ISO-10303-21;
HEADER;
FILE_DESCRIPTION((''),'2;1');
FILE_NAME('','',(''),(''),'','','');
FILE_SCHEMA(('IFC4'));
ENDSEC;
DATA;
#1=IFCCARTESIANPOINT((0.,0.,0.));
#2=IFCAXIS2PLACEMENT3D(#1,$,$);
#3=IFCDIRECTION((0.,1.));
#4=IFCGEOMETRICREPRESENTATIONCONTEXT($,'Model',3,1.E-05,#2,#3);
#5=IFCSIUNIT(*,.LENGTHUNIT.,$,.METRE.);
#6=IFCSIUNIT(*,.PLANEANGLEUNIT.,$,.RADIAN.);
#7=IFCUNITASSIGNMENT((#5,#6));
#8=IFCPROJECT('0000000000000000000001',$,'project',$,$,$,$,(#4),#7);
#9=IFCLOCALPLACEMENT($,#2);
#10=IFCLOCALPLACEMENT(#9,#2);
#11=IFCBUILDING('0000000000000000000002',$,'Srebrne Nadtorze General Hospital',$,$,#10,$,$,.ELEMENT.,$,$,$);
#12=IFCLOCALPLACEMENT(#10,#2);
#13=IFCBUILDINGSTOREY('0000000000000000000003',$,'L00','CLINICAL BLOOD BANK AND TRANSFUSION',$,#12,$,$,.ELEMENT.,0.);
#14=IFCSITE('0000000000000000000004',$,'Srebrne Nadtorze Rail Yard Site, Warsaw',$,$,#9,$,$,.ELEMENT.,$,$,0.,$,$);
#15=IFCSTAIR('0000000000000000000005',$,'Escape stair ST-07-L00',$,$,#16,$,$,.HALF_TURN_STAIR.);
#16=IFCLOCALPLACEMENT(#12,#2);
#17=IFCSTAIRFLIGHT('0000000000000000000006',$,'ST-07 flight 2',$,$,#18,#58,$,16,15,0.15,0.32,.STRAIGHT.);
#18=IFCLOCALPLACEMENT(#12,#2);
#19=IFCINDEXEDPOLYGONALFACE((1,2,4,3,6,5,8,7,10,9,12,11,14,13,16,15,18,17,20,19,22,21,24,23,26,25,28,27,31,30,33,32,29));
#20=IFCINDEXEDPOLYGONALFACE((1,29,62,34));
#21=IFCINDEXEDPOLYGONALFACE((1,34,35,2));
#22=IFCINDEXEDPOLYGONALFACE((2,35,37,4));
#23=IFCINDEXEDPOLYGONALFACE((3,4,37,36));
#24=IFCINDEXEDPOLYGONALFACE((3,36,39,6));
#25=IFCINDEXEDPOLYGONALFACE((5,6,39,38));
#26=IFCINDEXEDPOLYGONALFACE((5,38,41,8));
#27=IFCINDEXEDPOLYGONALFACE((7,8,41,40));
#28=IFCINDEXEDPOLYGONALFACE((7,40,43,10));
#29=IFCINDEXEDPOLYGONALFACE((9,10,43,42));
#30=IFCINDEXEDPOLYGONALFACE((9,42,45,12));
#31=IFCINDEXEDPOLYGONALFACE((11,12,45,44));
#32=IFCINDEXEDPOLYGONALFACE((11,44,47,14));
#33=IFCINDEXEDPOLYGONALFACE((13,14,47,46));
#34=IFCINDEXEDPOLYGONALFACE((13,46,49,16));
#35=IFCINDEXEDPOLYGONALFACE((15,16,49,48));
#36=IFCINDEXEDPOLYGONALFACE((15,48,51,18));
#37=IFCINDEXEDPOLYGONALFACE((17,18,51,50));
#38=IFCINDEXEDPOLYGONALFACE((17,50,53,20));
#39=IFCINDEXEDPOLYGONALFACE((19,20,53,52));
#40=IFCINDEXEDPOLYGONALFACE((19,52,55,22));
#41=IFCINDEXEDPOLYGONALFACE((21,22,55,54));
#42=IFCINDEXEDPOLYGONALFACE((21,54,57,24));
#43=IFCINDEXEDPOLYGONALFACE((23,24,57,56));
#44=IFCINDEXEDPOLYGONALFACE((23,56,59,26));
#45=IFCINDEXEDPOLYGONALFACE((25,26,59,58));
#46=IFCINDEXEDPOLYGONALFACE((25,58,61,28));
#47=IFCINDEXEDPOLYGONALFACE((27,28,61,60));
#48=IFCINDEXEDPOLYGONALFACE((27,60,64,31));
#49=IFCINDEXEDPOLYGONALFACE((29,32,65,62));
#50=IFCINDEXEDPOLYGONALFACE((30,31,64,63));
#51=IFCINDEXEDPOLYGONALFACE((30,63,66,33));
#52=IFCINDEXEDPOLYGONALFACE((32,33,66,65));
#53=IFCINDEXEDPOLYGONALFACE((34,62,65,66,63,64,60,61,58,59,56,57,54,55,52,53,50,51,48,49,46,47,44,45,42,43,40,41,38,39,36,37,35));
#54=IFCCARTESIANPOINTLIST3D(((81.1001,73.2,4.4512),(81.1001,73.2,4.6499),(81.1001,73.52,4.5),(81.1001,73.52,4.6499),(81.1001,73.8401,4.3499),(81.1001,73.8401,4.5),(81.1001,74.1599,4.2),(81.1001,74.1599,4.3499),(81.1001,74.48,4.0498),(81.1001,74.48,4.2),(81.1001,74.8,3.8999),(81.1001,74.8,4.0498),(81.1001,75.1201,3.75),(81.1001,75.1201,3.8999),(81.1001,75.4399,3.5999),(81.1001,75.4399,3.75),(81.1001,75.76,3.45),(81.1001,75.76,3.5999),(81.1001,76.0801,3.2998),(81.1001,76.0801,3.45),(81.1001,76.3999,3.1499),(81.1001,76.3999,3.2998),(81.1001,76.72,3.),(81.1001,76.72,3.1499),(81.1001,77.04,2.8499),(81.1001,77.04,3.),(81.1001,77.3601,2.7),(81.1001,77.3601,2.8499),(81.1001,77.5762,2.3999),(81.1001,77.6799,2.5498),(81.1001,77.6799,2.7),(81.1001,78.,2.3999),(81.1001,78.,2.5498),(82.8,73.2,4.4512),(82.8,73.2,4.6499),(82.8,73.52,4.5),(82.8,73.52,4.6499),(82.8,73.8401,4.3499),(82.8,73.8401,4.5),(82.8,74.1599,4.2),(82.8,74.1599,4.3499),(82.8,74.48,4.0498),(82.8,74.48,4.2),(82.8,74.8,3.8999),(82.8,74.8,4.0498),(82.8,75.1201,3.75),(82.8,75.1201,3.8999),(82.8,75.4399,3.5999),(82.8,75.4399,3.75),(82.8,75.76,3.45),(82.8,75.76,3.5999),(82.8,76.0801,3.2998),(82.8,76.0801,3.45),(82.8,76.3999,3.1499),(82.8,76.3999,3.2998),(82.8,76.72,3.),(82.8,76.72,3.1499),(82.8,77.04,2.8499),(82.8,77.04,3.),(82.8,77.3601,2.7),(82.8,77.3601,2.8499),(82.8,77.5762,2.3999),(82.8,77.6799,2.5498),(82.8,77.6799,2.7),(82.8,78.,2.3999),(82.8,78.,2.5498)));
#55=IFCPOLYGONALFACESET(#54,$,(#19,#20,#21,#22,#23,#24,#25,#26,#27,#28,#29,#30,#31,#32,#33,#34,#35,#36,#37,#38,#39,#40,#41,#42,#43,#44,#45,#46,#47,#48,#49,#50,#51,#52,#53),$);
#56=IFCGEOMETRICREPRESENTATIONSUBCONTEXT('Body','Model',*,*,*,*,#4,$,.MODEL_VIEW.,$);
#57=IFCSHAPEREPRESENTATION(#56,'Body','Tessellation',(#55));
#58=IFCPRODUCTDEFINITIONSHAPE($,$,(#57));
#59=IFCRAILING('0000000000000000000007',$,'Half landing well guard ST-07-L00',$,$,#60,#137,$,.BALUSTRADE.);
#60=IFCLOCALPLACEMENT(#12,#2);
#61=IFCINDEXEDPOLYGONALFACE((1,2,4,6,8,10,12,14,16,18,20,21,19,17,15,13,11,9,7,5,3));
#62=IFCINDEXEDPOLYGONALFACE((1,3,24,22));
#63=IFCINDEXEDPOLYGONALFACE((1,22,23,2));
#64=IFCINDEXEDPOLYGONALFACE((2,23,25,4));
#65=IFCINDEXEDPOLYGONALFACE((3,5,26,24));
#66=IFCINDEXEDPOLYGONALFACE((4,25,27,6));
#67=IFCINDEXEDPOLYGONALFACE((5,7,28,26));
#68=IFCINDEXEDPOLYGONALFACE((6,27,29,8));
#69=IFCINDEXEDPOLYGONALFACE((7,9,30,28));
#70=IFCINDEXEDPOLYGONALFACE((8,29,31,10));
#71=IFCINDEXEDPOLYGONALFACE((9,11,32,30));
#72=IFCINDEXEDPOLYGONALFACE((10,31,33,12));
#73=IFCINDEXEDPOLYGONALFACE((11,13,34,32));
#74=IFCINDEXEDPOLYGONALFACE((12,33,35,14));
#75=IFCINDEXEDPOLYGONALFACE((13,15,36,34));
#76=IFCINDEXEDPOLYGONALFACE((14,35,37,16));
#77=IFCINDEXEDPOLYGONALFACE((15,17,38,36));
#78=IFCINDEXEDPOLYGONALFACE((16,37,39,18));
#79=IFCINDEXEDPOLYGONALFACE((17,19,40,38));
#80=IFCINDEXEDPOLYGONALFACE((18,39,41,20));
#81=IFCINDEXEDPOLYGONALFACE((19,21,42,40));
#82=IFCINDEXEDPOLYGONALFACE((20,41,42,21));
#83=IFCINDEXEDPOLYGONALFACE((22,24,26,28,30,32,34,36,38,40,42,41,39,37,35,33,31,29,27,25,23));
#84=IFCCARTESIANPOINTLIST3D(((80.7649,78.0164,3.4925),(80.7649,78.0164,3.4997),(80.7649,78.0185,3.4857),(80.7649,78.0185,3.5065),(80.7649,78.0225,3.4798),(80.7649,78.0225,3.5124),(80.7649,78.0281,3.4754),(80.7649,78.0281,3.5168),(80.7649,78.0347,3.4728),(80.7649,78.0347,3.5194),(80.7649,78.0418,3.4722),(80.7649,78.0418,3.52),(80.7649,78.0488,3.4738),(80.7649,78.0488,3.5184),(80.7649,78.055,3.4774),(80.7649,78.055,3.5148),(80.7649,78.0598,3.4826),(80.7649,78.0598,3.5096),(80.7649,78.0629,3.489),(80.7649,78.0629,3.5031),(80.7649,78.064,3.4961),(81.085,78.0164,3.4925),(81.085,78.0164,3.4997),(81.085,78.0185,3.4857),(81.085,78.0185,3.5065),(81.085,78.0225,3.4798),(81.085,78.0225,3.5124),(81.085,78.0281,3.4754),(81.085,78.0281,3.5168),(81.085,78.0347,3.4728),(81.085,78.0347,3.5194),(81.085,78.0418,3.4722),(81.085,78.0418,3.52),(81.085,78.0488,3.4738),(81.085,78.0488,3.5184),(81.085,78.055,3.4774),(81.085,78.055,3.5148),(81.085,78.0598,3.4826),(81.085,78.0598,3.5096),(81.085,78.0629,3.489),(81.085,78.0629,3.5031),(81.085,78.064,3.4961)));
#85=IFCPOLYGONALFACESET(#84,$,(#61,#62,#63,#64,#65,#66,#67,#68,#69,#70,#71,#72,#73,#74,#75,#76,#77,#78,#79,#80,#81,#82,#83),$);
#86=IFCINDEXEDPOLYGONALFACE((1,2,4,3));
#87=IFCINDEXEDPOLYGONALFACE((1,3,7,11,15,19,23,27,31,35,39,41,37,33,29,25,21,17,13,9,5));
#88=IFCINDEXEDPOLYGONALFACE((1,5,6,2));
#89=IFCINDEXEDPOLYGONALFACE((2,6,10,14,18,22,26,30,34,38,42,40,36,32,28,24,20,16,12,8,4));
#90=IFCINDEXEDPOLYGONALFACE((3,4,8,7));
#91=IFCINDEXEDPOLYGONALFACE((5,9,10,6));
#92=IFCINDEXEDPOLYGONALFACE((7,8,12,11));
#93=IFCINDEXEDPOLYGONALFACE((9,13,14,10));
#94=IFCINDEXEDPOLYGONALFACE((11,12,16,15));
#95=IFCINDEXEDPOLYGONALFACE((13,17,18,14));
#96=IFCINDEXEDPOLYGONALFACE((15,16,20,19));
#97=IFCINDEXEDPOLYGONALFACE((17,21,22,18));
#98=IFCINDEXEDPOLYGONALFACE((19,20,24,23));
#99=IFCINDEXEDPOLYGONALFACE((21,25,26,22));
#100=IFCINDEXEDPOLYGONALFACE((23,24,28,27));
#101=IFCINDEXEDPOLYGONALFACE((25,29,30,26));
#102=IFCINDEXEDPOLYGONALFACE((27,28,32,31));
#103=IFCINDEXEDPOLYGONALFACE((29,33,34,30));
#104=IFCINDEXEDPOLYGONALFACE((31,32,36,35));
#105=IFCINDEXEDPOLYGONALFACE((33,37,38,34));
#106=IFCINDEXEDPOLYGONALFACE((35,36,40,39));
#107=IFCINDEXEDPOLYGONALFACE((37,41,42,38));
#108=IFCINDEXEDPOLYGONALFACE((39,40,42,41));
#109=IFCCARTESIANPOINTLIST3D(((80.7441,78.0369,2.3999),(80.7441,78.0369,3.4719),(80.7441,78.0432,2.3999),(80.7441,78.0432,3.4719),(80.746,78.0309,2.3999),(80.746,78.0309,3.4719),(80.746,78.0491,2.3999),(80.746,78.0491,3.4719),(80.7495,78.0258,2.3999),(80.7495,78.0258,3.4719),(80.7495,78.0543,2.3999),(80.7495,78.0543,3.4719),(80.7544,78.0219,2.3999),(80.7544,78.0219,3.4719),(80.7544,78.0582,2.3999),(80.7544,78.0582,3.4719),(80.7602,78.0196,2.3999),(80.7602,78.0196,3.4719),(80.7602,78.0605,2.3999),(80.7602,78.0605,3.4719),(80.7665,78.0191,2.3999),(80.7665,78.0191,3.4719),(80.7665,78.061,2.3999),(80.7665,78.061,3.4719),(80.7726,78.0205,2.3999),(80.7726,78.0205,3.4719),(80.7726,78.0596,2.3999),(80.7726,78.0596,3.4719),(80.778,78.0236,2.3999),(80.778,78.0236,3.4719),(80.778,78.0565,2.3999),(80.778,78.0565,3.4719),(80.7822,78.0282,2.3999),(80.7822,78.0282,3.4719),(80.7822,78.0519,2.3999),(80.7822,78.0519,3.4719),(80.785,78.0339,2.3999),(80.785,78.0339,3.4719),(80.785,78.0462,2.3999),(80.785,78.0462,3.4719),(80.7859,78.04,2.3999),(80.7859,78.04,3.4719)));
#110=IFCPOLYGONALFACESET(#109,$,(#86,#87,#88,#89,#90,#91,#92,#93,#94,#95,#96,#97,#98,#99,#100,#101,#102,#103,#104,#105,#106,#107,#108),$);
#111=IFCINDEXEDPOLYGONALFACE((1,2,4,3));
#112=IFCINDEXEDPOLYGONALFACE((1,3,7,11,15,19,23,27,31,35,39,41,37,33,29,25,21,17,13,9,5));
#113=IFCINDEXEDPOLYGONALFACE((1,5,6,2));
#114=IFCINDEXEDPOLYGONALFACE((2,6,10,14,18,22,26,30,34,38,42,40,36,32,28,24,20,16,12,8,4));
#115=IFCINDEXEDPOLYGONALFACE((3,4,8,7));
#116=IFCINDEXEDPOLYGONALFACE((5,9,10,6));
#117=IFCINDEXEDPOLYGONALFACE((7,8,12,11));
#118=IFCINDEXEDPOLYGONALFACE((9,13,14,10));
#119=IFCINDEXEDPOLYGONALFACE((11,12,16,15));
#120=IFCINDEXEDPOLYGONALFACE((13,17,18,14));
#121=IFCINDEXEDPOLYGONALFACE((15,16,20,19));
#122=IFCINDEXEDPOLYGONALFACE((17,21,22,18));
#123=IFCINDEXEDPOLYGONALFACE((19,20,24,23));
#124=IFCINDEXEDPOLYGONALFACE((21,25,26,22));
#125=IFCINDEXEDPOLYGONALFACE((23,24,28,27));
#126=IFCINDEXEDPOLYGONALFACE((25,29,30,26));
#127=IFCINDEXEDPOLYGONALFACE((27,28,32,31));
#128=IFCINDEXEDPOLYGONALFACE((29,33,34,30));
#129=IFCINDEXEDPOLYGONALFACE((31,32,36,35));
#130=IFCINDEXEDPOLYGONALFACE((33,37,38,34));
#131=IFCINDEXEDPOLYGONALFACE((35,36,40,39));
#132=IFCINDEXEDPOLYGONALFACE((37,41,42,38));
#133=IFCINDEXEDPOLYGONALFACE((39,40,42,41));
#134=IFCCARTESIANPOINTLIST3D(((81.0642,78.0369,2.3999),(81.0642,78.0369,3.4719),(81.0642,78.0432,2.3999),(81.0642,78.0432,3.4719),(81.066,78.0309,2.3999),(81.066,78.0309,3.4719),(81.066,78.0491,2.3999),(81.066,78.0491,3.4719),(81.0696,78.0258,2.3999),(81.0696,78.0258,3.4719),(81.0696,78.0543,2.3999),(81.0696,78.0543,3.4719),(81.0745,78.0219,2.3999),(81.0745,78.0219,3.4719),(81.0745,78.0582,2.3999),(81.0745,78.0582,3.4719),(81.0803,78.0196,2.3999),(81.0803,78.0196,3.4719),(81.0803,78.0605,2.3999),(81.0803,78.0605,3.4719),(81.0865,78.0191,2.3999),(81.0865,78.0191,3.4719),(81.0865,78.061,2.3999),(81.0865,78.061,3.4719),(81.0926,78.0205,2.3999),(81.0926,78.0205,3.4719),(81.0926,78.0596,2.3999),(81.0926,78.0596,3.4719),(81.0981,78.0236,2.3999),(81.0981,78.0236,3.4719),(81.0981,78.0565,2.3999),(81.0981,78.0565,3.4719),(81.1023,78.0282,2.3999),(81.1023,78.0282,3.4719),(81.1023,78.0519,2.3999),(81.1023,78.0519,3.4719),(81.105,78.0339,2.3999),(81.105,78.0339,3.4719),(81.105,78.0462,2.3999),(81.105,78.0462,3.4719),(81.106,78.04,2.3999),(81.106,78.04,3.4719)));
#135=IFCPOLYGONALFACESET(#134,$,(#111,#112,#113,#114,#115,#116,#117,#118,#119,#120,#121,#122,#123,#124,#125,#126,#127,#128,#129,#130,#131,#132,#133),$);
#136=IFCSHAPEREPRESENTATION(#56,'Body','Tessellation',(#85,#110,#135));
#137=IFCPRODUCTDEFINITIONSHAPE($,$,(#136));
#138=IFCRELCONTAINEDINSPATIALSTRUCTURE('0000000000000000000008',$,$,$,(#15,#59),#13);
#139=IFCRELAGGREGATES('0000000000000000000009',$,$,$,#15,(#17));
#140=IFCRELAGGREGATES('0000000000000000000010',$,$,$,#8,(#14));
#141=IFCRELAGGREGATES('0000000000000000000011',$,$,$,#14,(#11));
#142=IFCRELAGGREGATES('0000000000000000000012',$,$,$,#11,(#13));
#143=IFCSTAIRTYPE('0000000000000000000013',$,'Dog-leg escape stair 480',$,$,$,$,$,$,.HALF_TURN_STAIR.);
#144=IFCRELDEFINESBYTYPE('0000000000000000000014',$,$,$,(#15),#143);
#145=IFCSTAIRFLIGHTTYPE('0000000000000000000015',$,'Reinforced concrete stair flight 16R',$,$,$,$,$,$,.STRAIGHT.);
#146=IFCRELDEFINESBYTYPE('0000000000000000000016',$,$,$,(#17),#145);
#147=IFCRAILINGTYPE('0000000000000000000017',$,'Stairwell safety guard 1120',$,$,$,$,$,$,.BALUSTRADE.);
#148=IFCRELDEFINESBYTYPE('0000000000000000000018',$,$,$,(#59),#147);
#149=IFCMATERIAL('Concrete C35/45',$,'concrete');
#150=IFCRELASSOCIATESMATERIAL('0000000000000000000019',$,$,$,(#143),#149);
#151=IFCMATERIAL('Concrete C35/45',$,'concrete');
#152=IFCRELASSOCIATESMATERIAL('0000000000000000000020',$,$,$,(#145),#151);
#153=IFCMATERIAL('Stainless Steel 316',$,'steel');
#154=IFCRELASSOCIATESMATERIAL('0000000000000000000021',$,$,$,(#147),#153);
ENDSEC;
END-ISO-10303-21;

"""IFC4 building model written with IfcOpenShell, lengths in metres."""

from ifc_helpers import new_model, si_unit, direction, frame, origin, origin_2d, place, context, subcontext, project, spatial, polyline, circle, outline, extrude, material, type_object, element, aggregate, save


model = new_model("IFC4")

# Units and contexts
model_context = context("Model", 3, precision=1e-05, world=origin(), true_north=direction((0.0, 1.0)))
body_context = subcontext(model_context, "Body", "Model", "MODEL_VIEW")
ifc_project = project(units=[si_unit("LENGTHUNIT", "METRE"), si_unit("PLANEANGLEUNIT", "RADIAN")], contexts=[model_context])

# Site, building, storey
site_placement = place(None, origin())
site = spatial("IfcSite", under=ifc_project, at=site_placement, Name="Srebrne Nadtorze Rail Yard Site, Warsaw", CompositionType="ELEMENT", RefElevation=0.0)
building_placement = place(site_placement, origin())
building = spatial("IfcBuilding", under=site, at=building_placement, Name="Srebrne Nadtorze General Hospital", CompositionType="ELEMENT")
storey_placement = place(building_placement, origin())
storey = spatial("IfcBuildingStorey", under=building, at=storey_placement, Name="L00", Description="CLINICAL BLOOD BANK AND TRANSFUSION", CompositionType="ELEMENT", Elevation=0.0)

# Stair, stair flight
ifc_material_1 = material(Name="Concrete C35/45", Category="concrete")
stair_type = type_object("IfcStairType", Name="Dog-leg escape stair 480", PredefinedType="HALF_TURN_STAIR", material=ifc_material_1)
stair_placement = place(storey_placement, origin())
stair = element("IfcStair", 1, at=stair_placement, inside=storey, type_object=stair_type, Name="Escape stair ST-07-L00", PredefinedType="HALF_TURN_STAIR")
ifc_material_2 = material(Name="Concrete C35/45", Category="concrete")
stair_flight_type = type_object("IfcStairFlightType", Name="Reinforced concrete stair flight 16R", PredefinedType="STRAIGHT", material=ifc_material_2)
stair_flight_1_placement = place(storey_placement, frame((81.95, 78.0, 2.3999), z_axis=(0.0, 0.0, 1.0), x_axis=(0.0, -1.0, 0.0)))
stair_flight_1 = element("IfcStairFlight", 2, at=stair_flight_1_placement, type_object=stair_flight_type, Name="ST-07 flight 2", NumberOfRisers=16, NumberOfTreads=15, PredefinedType="STRAIGHT", RiserHeight=0.15, TreadLength=0.32, context=body_context, shape_type="SweptSolid", body=[
    extrude(outline(polyline([(0.0, 0.0), (0.0, 0.1499), (0.3201, 0.1499), (0.3201, 0.3), (0.6399, 0.3), (0.6399, 0.45), (0.96, 0.45), (0.96, 0.6001), (1.28, 0.6001), (1.28, 0.75), (1.6001, 0.75), (1.6001, 0.8999), (1.9199, 0.8999), (1.9199, 1.05), (2.24, 1.05), (2.24, 1.2), (2.5601, 1.2), (2.5601, 1.3501), (2.8799, 1.3501), (2.8799, 1.5), (3.2, 1.5), (3.2, 1.6499), (3.52, 1.6499), (3.52, 1.8), (3.8401, 1.8), (3.8401, 1.95), (4.1599, 1.95), (4.1599, 2.1001), (4.48, 2.1001), (4.48, 2.25), (4.8, 2.25), (4.8, 2.3999), (4.8, 2.0513), (0.4238, 0.0), (0.0, 0.0)])), frame((0.0, 0.8501, 0.0), z_axis=(0.0, -1.0, 0.0), x_axis=(1.0, 0.0, 0.0)), (0.0, 0.0, 1.0), 1.7),
])
aggregate(stair, [stair_flight_1])

# Railing
ifc_material_3 = material(Name="Stainless Steel 316", Category="steel")
railing_type_1 = type_object("IfcRailingType", Name="Stairwell safety guard 1120", PredefinedType="BALUSTRADE", material=ifc_material_3)
railing_1_placement = place(storey_placement, frame((80.7649, 78.04, 2.3999)))
element("IfcRailing", 3, at=railing_1_placement, inside=storey, type_object=railing_type_1, Name="Half landing well guard ST-07-L00", PredefinedType="BALUSTRADE", context=body_context, shape_type="SweptSolid", body=[
    extrude(circle(Radius=0.0239, at=origin_2d()), frame((0.0, 0.0, 1.0962), z_axis=(1.0, 0.0, 0.0), x_axis=(0.0, 1.0, 0.0)), (0.0, 0.0, 1.0), 0.3201),
    extrude(circle(Radius=0.021, at=origin_2d()), origin(), (0.0, 0.0, 1.0), 1.072),
    extrude(circle(Radius=0.021, at=origin_2d()), frame((0.3201, 0.0, 0.0)), (0.0, 0.0, 1.0), 1.072),
])

save(model, "model.ifc")
